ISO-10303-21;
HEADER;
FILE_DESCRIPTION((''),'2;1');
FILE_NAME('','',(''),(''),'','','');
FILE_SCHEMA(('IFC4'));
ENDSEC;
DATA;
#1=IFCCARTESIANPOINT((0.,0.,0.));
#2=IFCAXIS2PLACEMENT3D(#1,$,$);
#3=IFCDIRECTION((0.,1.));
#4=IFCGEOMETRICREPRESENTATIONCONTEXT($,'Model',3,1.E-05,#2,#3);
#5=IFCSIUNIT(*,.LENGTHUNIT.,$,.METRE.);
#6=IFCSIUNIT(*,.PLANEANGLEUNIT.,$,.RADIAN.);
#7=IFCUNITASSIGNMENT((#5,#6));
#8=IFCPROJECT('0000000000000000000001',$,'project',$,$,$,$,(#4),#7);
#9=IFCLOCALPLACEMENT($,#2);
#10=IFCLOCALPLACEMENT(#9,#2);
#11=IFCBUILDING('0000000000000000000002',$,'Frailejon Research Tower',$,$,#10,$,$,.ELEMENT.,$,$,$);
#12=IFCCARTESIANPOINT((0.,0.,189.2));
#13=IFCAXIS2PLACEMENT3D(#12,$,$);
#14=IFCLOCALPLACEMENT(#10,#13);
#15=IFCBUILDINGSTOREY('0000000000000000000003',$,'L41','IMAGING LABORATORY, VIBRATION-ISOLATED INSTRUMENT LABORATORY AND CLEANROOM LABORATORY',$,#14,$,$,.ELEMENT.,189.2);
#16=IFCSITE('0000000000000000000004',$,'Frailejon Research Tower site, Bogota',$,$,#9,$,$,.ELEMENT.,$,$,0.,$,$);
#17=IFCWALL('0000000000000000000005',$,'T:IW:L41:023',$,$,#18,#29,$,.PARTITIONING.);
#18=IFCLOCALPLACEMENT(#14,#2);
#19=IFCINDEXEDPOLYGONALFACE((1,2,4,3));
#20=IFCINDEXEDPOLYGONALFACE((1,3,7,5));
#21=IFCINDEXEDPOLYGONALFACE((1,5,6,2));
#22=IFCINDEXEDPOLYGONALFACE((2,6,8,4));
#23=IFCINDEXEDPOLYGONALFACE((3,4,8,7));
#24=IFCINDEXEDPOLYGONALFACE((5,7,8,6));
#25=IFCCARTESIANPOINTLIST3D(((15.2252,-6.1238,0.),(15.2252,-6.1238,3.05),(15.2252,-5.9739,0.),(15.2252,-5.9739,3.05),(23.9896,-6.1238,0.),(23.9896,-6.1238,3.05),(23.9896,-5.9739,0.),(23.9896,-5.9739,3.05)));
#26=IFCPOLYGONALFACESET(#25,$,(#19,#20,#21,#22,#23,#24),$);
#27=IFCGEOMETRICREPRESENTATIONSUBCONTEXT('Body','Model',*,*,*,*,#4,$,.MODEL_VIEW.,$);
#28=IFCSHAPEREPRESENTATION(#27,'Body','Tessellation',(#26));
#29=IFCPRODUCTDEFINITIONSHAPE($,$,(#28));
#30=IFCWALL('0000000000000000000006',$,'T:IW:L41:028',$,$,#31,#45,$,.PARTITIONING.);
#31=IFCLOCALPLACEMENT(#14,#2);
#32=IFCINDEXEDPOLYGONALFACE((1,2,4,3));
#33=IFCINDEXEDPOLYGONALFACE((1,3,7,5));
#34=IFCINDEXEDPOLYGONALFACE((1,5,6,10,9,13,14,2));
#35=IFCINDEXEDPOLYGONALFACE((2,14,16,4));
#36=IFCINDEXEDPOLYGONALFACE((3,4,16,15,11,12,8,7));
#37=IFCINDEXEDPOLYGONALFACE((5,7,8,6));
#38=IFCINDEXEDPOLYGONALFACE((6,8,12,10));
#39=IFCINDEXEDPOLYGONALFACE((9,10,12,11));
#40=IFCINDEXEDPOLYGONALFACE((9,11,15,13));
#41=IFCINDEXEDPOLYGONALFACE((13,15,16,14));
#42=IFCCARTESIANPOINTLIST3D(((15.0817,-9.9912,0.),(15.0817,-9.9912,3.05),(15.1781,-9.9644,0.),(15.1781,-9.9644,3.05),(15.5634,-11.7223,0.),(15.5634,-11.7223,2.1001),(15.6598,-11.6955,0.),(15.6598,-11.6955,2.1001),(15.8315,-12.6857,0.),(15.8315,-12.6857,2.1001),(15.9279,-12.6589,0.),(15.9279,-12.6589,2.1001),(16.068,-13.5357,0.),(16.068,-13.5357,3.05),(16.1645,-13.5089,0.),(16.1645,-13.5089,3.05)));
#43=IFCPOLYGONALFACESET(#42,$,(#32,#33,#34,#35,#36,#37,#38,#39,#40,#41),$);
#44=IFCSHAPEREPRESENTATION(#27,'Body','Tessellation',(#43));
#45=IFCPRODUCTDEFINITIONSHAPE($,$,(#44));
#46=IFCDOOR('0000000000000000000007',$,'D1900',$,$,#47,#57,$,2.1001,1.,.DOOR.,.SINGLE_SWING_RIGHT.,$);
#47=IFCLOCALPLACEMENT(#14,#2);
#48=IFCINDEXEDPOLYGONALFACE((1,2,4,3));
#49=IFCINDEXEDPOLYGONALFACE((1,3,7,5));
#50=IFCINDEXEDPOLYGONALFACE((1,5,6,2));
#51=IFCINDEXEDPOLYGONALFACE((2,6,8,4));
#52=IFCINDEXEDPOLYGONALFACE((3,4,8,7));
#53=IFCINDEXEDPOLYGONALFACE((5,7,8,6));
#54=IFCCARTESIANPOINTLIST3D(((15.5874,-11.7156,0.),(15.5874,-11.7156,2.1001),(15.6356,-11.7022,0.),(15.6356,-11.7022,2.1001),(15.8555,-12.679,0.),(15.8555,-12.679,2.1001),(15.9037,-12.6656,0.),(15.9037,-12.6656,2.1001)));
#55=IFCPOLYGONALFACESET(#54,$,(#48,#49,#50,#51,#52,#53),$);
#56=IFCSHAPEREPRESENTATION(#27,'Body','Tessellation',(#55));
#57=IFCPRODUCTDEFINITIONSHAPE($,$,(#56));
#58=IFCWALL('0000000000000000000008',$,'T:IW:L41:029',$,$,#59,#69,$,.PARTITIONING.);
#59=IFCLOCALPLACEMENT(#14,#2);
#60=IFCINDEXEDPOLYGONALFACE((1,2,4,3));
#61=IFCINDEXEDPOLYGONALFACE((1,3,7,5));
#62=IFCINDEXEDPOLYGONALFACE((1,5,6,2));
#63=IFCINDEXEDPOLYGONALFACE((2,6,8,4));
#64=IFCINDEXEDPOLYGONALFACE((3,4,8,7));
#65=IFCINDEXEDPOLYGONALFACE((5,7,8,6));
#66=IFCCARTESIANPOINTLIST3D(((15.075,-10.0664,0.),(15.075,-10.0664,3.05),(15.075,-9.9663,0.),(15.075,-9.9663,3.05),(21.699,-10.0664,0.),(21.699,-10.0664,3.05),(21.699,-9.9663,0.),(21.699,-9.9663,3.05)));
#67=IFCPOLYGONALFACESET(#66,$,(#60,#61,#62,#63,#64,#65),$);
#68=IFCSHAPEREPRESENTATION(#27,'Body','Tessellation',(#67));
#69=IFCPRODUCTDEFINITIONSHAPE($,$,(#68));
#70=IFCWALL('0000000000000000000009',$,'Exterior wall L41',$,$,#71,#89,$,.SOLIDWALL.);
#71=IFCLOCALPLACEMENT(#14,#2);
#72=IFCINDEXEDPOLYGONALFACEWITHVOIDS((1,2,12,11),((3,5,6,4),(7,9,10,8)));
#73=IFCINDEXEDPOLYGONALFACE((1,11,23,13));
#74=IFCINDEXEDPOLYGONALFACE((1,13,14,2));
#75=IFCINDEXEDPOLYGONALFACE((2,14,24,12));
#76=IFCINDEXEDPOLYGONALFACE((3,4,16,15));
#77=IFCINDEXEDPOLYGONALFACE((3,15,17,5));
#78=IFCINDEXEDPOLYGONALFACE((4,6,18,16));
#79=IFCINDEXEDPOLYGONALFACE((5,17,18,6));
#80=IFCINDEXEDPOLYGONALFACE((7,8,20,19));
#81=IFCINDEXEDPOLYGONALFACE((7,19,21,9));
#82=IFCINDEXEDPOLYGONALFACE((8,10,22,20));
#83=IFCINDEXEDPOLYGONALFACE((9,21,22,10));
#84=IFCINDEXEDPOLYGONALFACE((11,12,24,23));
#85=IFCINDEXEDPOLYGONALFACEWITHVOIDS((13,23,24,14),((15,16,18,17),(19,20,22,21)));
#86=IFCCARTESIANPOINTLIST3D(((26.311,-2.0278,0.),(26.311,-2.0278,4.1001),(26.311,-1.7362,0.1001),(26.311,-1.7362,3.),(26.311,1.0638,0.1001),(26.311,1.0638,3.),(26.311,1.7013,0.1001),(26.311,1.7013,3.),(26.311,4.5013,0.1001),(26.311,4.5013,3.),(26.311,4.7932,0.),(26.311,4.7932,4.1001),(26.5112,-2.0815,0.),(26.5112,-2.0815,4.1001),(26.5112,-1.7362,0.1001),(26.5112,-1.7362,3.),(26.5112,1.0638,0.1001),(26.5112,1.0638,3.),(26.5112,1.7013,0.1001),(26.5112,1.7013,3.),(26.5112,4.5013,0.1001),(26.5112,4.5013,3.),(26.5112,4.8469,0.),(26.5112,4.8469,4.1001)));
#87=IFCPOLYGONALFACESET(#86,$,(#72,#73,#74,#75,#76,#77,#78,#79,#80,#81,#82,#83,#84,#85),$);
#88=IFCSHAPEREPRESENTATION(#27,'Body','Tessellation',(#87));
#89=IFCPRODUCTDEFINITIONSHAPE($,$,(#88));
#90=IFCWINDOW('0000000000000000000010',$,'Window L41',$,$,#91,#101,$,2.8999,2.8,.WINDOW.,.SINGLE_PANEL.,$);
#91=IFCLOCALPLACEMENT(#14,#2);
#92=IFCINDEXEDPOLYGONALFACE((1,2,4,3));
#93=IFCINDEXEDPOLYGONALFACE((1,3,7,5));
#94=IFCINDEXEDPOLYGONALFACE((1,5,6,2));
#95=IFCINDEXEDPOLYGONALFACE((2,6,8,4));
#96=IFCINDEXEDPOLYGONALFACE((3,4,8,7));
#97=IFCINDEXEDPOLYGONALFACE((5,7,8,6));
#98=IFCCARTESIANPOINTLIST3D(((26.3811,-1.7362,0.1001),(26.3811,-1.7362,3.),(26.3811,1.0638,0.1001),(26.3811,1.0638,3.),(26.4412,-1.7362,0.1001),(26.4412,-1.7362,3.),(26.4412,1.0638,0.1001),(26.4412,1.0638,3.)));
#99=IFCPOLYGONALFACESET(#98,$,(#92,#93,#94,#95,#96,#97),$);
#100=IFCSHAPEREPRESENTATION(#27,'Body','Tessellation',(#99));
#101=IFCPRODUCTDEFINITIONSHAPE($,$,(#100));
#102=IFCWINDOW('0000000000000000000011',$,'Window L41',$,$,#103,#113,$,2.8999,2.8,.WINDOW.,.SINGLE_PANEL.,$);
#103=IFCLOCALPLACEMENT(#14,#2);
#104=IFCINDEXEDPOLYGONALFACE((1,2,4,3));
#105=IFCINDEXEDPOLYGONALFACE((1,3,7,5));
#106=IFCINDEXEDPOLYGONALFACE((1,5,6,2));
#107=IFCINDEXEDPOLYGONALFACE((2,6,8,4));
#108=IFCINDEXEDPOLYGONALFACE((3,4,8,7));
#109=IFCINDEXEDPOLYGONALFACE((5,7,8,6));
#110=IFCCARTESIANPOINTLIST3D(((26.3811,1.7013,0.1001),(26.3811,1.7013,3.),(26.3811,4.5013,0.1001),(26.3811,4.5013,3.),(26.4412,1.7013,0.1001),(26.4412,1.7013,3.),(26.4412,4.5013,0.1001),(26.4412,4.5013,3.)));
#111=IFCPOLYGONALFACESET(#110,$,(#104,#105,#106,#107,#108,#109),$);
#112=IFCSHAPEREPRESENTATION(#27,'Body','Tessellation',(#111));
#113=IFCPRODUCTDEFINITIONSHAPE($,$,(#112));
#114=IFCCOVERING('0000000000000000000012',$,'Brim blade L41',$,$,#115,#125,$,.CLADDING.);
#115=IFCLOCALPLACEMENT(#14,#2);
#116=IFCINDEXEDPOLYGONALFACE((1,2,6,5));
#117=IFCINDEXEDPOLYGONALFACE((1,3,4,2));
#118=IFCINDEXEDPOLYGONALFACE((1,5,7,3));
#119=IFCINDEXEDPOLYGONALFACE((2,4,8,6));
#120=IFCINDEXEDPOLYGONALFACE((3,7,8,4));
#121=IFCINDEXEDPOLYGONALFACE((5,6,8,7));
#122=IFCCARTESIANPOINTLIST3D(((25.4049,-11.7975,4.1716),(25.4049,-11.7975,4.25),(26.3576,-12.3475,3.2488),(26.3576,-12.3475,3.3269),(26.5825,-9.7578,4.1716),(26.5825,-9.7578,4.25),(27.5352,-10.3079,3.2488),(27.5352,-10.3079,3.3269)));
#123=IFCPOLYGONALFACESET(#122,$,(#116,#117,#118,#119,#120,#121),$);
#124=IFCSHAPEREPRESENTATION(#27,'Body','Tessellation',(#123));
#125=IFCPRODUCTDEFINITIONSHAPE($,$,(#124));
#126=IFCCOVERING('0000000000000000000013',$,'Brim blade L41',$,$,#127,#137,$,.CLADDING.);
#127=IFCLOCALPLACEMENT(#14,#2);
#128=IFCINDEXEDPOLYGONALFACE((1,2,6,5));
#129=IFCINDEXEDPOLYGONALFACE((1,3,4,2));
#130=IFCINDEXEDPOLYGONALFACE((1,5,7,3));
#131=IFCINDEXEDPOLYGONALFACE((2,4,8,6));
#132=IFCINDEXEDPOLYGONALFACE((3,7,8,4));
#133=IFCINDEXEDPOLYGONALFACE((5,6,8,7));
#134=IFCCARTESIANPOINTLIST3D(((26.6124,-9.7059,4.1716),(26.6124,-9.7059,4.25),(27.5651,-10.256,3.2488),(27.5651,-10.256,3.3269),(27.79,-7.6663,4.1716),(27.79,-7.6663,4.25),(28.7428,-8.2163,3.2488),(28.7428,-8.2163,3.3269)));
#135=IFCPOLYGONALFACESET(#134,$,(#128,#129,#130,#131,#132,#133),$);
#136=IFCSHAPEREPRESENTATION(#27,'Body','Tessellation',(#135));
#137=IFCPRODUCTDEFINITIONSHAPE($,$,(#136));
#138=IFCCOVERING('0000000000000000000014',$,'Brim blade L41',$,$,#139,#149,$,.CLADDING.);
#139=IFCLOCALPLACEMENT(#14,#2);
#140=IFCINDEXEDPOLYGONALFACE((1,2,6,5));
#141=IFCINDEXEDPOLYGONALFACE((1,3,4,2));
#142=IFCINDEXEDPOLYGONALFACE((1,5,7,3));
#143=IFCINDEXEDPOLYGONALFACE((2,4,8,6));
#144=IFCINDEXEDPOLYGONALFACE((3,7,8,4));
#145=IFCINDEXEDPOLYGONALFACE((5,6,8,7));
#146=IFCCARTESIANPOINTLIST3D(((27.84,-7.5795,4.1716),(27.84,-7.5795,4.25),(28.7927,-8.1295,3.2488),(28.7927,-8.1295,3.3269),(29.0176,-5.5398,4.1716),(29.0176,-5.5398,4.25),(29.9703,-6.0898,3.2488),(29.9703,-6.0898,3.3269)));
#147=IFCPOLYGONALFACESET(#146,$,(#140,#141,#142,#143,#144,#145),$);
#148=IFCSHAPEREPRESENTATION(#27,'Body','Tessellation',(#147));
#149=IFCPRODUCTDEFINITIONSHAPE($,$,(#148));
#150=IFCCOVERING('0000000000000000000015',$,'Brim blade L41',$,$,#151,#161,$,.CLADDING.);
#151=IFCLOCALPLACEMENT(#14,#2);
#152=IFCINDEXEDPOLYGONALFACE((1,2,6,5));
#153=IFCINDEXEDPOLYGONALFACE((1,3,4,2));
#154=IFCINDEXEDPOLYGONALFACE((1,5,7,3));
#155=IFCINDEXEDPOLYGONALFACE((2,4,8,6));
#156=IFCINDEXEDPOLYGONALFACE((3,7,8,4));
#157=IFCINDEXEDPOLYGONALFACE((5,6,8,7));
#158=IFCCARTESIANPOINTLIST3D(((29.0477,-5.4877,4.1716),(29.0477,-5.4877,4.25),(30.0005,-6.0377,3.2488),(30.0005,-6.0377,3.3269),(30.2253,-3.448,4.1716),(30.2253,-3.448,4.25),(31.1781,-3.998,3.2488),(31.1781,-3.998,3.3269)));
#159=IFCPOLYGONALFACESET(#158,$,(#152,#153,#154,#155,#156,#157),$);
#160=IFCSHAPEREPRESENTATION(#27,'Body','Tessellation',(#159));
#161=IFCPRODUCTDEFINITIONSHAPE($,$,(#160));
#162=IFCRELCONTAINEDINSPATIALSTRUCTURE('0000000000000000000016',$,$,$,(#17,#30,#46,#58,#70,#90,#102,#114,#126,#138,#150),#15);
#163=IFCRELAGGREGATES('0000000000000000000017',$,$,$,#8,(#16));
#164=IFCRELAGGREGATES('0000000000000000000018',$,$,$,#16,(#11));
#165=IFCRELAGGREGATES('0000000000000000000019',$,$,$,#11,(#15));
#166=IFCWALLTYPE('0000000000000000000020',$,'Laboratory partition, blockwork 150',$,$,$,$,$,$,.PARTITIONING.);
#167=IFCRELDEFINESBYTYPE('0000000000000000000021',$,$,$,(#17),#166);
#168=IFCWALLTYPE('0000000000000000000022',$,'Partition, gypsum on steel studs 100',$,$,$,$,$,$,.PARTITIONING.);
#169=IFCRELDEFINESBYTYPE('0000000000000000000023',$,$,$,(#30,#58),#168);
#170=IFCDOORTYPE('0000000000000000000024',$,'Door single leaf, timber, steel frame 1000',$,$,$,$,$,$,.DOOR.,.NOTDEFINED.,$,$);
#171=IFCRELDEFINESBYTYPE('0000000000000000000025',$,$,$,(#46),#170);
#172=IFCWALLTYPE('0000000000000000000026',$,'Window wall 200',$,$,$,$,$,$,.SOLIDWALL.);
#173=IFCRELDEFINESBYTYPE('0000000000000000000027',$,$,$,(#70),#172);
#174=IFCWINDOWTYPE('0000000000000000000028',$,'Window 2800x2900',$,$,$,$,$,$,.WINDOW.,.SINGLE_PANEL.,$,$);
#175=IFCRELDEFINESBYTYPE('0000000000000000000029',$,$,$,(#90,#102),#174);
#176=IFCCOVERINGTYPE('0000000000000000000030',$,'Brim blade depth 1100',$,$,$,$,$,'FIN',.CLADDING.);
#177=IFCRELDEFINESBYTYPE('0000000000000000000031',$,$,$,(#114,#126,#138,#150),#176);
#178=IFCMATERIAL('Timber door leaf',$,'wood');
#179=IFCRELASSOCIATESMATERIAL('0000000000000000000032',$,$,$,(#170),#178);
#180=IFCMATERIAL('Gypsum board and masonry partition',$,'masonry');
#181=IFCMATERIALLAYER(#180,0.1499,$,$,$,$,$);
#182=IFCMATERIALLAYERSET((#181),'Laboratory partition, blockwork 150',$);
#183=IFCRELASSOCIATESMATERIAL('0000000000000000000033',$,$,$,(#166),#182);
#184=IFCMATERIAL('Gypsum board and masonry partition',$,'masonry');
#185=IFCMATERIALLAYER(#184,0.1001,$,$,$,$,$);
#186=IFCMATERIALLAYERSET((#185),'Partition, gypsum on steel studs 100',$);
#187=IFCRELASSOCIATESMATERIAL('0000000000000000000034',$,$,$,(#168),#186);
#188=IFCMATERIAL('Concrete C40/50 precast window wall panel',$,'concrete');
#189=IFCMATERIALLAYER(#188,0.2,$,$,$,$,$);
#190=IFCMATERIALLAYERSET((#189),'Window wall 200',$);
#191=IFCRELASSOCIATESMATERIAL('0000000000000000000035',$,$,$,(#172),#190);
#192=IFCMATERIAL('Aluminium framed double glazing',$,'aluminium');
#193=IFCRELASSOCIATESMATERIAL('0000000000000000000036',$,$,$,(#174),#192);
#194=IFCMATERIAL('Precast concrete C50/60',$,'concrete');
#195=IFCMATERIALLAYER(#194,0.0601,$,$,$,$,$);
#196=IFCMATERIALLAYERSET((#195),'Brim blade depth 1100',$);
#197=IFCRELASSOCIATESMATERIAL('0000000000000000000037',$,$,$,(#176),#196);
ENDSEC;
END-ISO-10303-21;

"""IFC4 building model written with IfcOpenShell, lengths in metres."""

from ifc_helpers import new_model, si_unit, direction, frame, frame_2d, origin, place, context, subcontext, project, spatial, polyline, rectangle, outline, extrude, material, layer, layer_set, type_object, element, fill, save


model = new_model("IFC4")

# Units and contexts
model_context = context("Model", 3, precision=1e-05, world=origin(), true_north=direction((0.0, 1.0)))
body_context = subcontext(model_context, "Body", "Model", "MODEL_VIEW")
ifc_project = project(units=[si_unit("LENGTHUNIT", "METRE"), si_unit("PLANEANGLEUNIT", "RADIAN")], contexts=[model_context])

# Site, building, storey
site_placement = place(None, origin())
site = spatial("IfcSite", under=ifc_project, at=site_placement, Name="Frailejon Research Tower site, Bogota", CompositionType="ELEMENT", RefElevation=0.0)
building_placement = place(site_placement, origin())
building = spatial("IfcBuilding", under=site, at=building_placement, Name="Frailejon Research Tower", CompositionType="ELEMENT")
storey_placement = place(building_placement, frame((0.0, 0.0, 189.2)))
storey = spatial("IfcBuildingStorey", under=building, at=storey_placement, Name="L41", Description="IMAGING LABORATORY, VIBRATION-ISOLATED INSTRUMENT LABORATORY AND CLEANROOM LABORATORY", CompositionType="ELEMENT", Elevation=189.2)

# Shared definitions
ifc_material_1 = material(Name="Timber door leaf", Category="wood")
door_type_1 = type_object("IfcDoorType", Name="Door single leaf, timber, steel frame 1000", OperationType="NOTDEFINED", PredefinedType="DOOR", material=ifc_material_1)

# Wall
ifc_material_2 = material(Name="Gypsum board and masonry partition", Category="masonry")
ifc_layer_1 = layer(ifc_material_2, 0.1499)
ifc_layer_set_1 = layer_set([ifc_layer_1], Name="Laboratory partition, blockwork 150")
wall_type_1 = type_object("IfcWallType", Name="Laboratory partition, blockwork 150", PredefinedType="PARTITIONING", material=ifc_layer_set_1)
wall_1_placement = place(storey_placement, frame((15.2251, -6.0488, 0.0), z_axis=(0.0, 0.0, 1.0), x_axis=(1.0, 0.0, 0.0)))
element("IfcWall", 1, at=wall_1_placement, inside=storey, type_object=wall_type_1, Name="T:IW:L41:023", PredefinedType="PARTITIONING", context=body_context, shape_type="SweptSolid", body=[
    extrude(rectangle(XDim=8.7644, YDim=0.1499, at=frame_2d((4.3823, 0.0))), origin(), (0.0, 0.0, 1.0), 3.05),
])

# Wall, opening, door
ifc_material_3 = material(Name="Gypsum board and masonry partition", Category="masonry")
ifc_layer_2 = layer(ifc_material_3, 0.1001)
ifc_layer_set_2 = layer_set([ifc_layer_2], Name="Partition, gypsum on steel studs 100")
wall_type_2 = type_object("IfcWallType", Name="Partition, gypsum on steel studs 100", PredefinedType="PARTITIONING", material=ifc_layer_set_2)
wall_2_placement = place(storey_placement, frame((15.1299, -9.9778, 0.0), z_axis=(0.0, 0.0, 1.0), x_axis=(0.268089, -0.963394, 0.0)))
wall_2 = element("IfcWall", 2, at=wall_2_placement, inside=storey, type_object=wall_type_2, Name="T:IW:L41:028", PredefinedType="PARTITIONING", context=body_context, shape_type="SweptSolid", body=[
    extrude(rectangle(XDim=3.6792, YDim=0.1001, at=frame_2d((1.8396, 0.0))), origin(), (0.0, 0.0, 1.0), 3.05),
])
opening_1_placement = place(wall_2_placement, frame((1.7969, 0.0, 0.0)))
opening_1 = element("IfcOpeningElement", 3, at=opening_1_placement, cuts=wall_2, PredefinedType="OPENING", context=body_context, shape_type="SweptSolid", body=[
    extrude(rectangle(XDim=1.0, YDim=2.1001, at=frame_2d((0.5, 1.05))), frame((0.0, 0.0601, 0.0), z_axis=(0.0, -1.0, 0.0), x_axis=(1.0, 0.0, 0.0)), (0.0, 0.0, 1.0), 0.1201),
])
door_1_placement = place(opening_1_placement, origin())
door_1 = element("IfcDoor", 4, at=door_1_placement, inside=storey, type_object=door_type_1, Name="D1900", OperationType="SINGLE_SWING_RIGHT", OverallHeight=2.1001, OverallWidth=1.0, PredefinedType="DOOR", context=body_context, shape_type="SweptSolid", body=[
    extrude(rectangle(XDim=1.0, YDim=2.1001, at=frame_2d((0.5, 1.05))), frame((0.0, 0.0249, 0.0), z_axis=(0.0, -1.0, 0.0), x_axis=(1.0, 0.0, 0.0)), (0.0, 0.0, 1.0), 0.05),
])
fill(opening_1, door_1)

# Wall
wall_3_placement = place(storey_placement, frame((15.075, -10.0164, 0.0), z_axis=(0.0, 0.0, 1.0), x_axis=(1.0, 0.0, 0.0)))
element("IfcWall", 5, at=wall_3_placement, inside=storey, type_object=wall_type_2, Name="T:IW:L41:029", PredefinedType="PARTITIONING", context=body_context, shape_type="SweptSolid", body=[
    extrude(rectangle(XDim=6.624, YDim=0.1001, at=frame_2d((3.312, 0.0))), origin(), (0.0, 0.0, 1.0), 3.05),
])

# Wall, openings, windows
ifc_material_4 = material(Name="Concrete C40/50 precast window wall panel", Category="concrete")
ifc_layer_3 = layer(ifc_material_4, 0.2)
ifc_layer_set_3 = layer_set([ifc_layer_3], Name="Window wall 200")
wall_type_3 = type_object("IfcWallType", Name="Window wall 200", PredefinedType="SOLIDWALL", material=ifc_layer_set_3)
wall_4_placement = place(storey_placement, frame((26.4111, -2.0547, 0.0), z_axis=(0.0, 0.0, 1.0), x_axis=(0.0, 1.0, 0.0)))
wall_4 = element("IfcWall", 6, at=wall_4_placement, inside=storey, type_object=wall_type_3, Name="Exterior wall L41", PredefinedType="SOLIDWALL", context=body_context, shape_type="SweptSolid", body=[
    extrude(outline(polyline([(-0.0269, -0.1001), (1.1279, -0.1001), (2.2827, -0.1001), (3.4375, -0.1001), (4.592, -0.1001), (5.7468, -0.1001), (6.9016, -0.1001), (6.8479, 0.1001), (5.7109, 0.1001), (4.5742, 0.1001), (3.4375, 0.1001), (2.3005, 0.1001), (1.1636, 0.1001), (0.0269, 0.1001), (-0.0269, -0.1001)])), origin(), (0.0, 0.0, 1.0), 4.1001),
])
opening_2_placement = place(wall_4_placement, frame((0.3186, 0.0, 0.1001)))
opening_2 = element("IfcOpeningElement", 7, at=opening_2_placement, cuts=wall_4, PredefinedType="OPENING", context=body_context, shape_type="SweptSolid", body=[
    extrude(rectangle(XDim=2.8, YDim=2.8999, at=frame_2d((1.3999, 1.45))), frame((0.0, 0.1099, 0.0), z_axis=(0.0, -1.0, 0.0), x_axis=(1.0, 0.0, 0.0)), (0.0, 0.0, 1.0), 0.22),
])
opening_3_placement = place(wall_4_placement, frame((3.7561, 0.0, 0.1001)))
opening_3 = element("IfcOpeningElement", 8, at=opening_3_placement, cuts=wall_4, PredefinedType="OPENING", context=body_context, shape_type="SweptSolid", body=[
    extrude(rectangle(XDim=2.8, YDim=2.8999, at=frame_2d((1.3999, 1.45))), frame((0.0, 0.1099, 0.0), z_axis=(0.0, -1.0, 0.0), x_axis=(1.0, 0.0, 0.0)), (0.0, 0.0, 1.0), 0.22),
])
ifc_material_5 = material(Name="Aluminium framed double glazing", Category="aluminium")
window_type = type_object("IfcWindowType", Name="Window 2800x2900", PartitioningType="SINGLE_PANEL", PredefinedType="WINDOW", material=ifc_material_5)
window_1_placement = place(opening_2_placement, origin())
window_1 = element("IfcWindow", 9, at=window_1_placement, inside=storey, type_object=window_type, Name="Window L41", OverallHeight=2.8999, OverallWidth=2.8, PartitioningType="SINGLE_PANEL", PredefinedType="WINDOW", context=body_context, shape_type="SweptSolid", body=[
    extrude(rectangle(XDim=2.8, YDim=2.8999, at=frame_2d((1.3999, 1.45))), frame((0.0, 0.03, 0.0), z_axis=(0.0, -1.0, 0.0), x_axis=(1.0, 0.0, 0.0)), (0.0, 0.0, 1.0), 0.0601),
])
fill(opening_2, window_1)
window_2_placement = place(opening_3_placement, origin())
window_2 = element("IfcWindow", 10, at=window_2_placement, inside=storey, type_object=window_type, Name="Window L41", OverallHeight=2.8999, OverallWidth=2.8, PartitioningType="SINGLE_PANEL", PredefinedType="WINDOW", context=body_context, shape_type="SweptSolid", body=[
    extrude(rectangle(XDim=2.8, YDim=2.8999, at=frame_2d((1.3999, 1.45))), frame((0.0, 0.03, 0.0), z_axis=(0.0, -1.0, 0.0), x_axis=(1.0, 0.0, 0.0)), (0.0, 0.0, 1.0), 0.0601),
])
fill(opening_3, window_2)

# Coverings
ifc_material_6 = material(Name="Precast concrete C50/60", Category="concrete")
ifc_layer_4 = layer(ifc_material_6, 0.0601)
ifc_layer_set_4 = layer_set([ifc_layer_4], Name="Brim blade depth 1100")
covering_type = type_object("IfcCoveringType", Name="Brim blade depth 1100", ElementType="FIN", PredefinedType="CLADDING", material=ifc_layer_set_4)
for number, where, z_axis, x_axis, name in (
    (11, (26.5825, -9.7578, 4.25), (-0.499997, -0.866027, 0.0), (0.866027, -0.499997, 0.0), "Brim blade L41"),
    (12, (27.79, -7.6663, 4.25), (-0.499997, -0.866027, 0.0), (0.866027, -0.499997, 0.0), "Brim blade L41"),
    (13, (29.0176, -5.5398, 4.25), (-0.499997, -0.866027, 0.0), (0.866027, -0.499997, 0.0), "Brim blade L41"),
    (14, (30.2253, -3.448, 4.25), (-0.499997, -0.866027, 0.0), (0.866027, -0.499997, 0.0), "Brim blade L41"),
):
    element("IfcCovering", number, at=place(storey_placement, frame(where, z_axis=z_axis, x_axis=x_axis)), inside=storey, type_object=covering_type, Name=name, PredefinedType="CLADDING", context=body_context, shape_type="SweptSolid", body=[
        extrude(outline(polyline([(0.0, -0.0784), (1.1001, -1.0012), (1.1001, -0.9231), (0.0, 0.0), (0.0, -0.0784)])), origin(), (0.0, 0.0, 1.0), 2.3552),
    ])

save(model, "model.ifc")
